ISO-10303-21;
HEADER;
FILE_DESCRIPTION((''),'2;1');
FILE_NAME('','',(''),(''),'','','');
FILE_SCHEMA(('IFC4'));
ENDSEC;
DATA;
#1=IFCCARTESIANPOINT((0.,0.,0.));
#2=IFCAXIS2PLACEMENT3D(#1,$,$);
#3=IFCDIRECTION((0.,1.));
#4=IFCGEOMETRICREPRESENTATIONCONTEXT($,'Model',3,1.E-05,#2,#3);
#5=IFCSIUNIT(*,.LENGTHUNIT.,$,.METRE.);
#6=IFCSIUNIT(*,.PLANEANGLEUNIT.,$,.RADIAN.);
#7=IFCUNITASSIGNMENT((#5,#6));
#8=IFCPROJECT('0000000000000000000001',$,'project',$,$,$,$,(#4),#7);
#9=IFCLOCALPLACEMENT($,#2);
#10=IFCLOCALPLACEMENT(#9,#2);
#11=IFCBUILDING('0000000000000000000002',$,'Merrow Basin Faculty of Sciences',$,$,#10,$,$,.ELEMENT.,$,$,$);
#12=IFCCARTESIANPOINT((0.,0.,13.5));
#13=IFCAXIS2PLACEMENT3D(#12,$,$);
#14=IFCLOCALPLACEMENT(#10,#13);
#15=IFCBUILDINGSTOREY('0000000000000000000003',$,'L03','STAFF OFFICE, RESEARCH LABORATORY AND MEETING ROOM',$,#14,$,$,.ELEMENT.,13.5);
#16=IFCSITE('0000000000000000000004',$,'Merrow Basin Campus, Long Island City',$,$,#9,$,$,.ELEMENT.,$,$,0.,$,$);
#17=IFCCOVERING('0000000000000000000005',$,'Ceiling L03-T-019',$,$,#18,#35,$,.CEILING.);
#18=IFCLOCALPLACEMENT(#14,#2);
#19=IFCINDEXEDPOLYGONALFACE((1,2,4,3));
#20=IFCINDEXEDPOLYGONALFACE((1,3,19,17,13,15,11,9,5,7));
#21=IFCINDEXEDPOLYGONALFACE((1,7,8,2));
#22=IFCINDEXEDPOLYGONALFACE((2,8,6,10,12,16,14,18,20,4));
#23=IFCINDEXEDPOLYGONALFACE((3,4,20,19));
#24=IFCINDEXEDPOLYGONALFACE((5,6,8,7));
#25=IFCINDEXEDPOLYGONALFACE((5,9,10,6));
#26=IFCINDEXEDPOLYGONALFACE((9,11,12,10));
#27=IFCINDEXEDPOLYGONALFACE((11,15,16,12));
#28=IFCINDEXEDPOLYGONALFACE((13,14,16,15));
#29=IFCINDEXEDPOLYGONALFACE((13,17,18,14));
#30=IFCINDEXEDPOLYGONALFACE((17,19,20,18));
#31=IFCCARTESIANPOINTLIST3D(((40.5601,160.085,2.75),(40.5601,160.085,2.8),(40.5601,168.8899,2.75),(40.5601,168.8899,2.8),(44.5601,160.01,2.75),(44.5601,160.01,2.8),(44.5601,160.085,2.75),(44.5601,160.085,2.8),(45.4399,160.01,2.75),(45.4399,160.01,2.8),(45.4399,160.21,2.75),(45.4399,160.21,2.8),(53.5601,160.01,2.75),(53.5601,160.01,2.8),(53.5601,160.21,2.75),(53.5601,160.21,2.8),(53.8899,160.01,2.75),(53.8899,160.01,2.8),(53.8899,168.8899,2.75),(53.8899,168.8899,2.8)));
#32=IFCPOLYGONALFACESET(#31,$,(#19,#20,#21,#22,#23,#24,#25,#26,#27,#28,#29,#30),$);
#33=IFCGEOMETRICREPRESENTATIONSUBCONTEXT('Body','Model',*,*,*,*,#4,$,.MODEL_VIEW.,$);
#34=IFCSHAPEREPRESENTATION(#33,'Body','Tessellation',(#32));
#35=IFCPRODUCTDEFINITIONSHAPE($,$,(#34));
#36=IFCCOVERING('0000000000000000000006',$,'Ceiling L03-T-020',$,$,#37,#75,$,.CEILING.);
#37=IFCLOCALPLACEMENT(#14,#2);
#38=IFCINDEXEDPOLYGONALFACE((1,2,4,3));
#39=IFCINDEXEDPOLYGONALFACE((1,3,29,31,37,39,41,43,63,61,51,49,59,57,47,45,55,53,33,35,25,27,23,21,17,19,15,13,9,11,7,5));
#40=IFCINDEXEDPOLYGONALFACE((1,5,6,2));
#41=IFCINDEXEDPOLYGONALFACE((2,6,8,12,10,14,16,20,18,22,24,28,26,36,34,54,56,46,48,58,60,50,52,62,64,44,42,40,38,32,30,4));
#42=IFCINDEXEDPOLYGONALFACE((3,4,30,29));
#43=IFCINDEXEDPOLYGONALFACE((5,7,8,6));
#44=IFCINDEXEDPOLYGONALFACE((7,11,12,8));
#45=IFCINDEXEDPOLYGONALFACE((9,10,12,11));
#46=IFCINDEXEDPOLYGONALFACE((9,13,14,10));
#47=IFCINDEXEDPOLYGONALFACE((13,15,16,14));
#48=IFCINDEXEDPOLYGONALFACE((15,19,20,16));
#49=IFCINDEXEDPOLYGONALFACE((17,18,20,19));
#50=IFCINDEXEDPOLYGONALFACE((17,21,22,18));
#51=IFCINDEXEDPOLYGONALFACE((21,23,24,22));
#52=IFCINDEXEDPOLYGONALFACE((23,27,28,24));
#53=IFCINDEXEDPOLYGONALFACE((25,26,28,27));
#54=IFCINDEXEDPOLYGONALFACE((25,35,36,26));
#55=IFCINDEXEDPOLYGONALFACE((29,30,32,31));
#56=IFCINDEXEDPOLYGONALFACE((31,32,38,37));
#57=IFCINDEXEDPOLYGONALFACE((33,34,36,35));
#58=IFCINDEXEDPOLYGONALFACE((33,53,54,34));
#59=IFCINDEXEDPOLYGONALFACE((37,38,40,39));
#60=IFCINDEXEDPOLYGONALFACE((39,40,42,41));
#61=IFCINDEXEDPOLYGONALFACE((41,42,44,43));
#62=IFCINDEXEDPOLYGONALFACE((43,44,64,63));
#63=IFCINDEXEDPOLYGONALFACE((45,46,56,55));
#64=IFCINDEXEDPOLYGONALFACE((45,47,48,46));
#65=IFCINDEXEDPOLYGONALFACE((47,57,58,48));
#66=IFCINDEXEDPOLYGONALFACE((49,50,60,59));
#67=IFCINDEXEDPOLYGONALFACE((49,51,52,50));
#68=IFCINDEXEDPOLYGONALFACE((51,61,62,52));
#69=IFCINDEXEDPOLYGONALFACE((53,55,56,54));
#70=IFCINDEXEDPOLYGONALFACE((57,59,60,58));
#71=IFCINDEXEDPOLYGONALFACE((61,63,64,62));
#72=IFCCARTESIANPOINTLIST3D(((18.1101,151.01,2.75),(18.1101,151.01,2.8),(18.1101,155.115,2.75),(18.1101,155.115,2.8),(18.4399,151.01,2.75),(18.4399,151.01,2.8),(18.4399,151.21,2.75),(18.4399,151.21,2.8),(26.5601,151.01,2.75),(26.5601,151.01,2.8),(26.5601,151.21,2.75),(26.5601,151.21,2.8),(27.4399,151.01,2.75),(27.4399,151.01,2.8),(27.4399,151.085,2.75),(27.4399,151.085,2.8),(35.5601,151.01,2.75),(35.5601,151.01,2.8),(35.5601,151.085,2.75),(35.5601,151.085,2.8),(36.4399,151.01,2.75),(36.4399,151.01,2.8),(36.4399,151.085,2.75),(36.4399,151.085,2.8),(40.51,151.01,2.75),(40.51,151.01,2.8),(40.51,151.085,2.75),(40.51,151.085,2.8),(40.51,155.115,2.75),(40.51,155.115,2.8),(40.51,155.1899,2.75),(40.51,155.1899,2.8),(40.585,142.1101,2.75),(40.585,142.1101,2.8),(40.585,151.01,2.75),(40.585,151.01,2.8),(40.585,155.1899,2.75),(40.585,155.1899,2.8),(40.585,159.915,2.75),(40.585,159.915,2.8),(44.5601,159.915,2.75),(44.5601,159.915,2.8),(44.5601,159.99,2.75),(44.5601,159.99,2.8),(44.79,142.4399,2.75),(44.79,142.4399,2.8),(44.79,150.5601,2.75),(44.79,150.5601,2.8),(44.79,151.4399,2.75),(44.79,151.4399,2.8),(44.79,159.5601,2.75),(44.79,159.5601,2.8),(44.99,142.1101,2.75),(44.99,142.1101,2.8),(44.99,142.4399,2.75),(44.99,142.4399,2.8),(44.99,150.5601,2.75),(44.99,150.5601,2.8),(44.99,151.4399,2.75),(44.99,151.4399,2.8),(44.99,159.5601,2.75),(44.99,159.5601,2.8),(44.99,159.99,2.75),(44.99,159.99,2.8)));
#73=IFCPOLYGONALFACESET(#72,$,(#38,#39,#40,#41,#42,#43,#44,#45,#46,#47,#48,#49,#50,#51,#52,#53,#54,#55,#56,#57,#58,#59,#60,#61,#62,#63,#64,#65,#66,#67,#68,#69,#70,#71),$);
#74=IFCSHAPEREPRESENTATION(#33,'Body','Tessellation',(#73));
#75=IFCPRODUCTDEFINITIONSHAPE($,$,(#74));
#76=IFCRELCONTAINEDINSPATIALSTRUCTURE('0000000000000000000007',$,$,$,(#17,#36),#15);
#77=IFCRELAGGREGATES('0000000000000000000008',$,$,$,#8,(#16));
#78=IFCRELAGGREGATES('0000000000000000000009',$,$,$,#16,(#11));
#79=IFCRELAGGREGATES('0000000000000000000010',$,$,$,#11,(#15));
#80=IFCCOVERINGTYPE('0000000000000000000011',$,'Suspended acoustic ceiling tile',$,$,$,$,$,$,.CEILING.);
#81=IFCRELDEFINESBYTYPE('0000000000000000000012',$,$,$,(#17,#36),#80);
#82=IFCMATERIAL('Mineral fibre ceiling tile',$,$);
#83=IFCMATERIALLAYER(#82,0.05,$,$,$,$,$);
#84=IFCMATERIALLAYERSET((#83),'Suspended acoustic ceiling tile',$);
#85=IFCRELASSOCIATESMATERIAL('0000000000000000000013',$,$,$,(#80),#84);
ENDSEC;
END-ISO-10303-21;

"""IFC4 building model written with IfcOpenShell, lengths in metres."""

from ifc_helpers import new_model, si_unit, direction, frame, origin, place, context, subcontext, project, spatial, polyline, outline, extrude, material, layer, layer_set, type_object, element, save


model = new_model("IFC4")

# Units and contexts
model_context = context("Model", 3, precision=1e-05, world=origin(), true_north=direction((0.0, 1.0)))
body_context = subcontext(model_context, "Body", "Model", "MODEL_VIEW")
ifc_project = project(units=[si_unit("LENGTHUNIT", "METRE"), si_unit("PLANEANGLEUNIT", "RADIAN")], contexts=[model_context])

# Site, building, storey
site_placement = place(None, origin())
site = spatial("IfcSite", under=ifc_project, at=site_placement, Name="Merrow Basin Campus, Long Island City", CompositionType="ELEMENT", RefElevation=0.0)
building_placement = place(site_placement, origin())
building = spatial("IfcBuilding", under=site, at=building_placement, Name="Merrow Basin Faculty of Sciences", CompositionType="ELEMENT")
storey_placement = place(building_placement, frame((0.0, 0.0, 13.5)))
storey = spatial("IfcBuildingStorey", under=building, at=storey_placement, Name="L03", Description="STAFF OFFICE, RESEARCH LABORATORY AND MEETING ROOM", CompositionType="ELEMENT", Elevation=13.5)

# Coverings
ifc_material_1 = material(Name="Mineral fibre ceiling tile")
ifc_layer_1 = layer(ifc_material_1, 0.05)
ifc_layer_set_1 = layer_set([ifc_layer_1], Name="Suspended acoustic ceiling tile")
covering_type = type_object("IfcCoveringType", Name="Suspended acoustic ceiling tile", PredefinedType="CEILING", material=ifc_layer_set_1)
covering_1_placement = place(storey_placement, frame((0.0, 0.0, 2.75)))
element("IfcCovering", 1, at=covering_1_placement, inside=storey, type_object=covering_type, Name="Ceiling L03-T-019", PredefinedType="CEILING", context=body_context, shape_type="SweptSolid", body=[
    extrude(outline(polyline([(53.8899, 168.8899), (53.8899, 160.01), (53.5601, 160.01), (53.5601, 160.21), (45.4399, 160.21), (45.4399, 160.01), (44.5601, 160.01), (44.5601, 160.085), (40.5601, 160.085), (40.5601, 168.8899), (53.8899, 168.8899)])), origin(), (0.0, 0.0, 1.0), 0.05),
])
covering_2_placement = place(storey_placement, frame((0.0, 0.0, 2.75)))
element("IfcCovering", 2, at=covering_2_placement, inside=storey, type_object=covering_type, Name="Ceiling L03-T-020", PredefinedType="CEILING", context=body_context, shape_type="SweptSolid", body=[
    extrude(outline(polyline([(44.99, 159.5601), (44.79, 159.5601), (44.79, 151.4399), (44.99, 151.4399), (44.99, 150.5601), (44.79, 150.5601), (44.79, 142.4399), (44.99, 142.4399), (44.99, 142.1101), (40.585, 142.1101), (40.585, 151.01), (40.51, 151.01), (40.51, 151.085), (36.4399, 151.085), (36.4399, 151.01), (35.5601, 151.01), (35.5601, 151.085), (27.4399, 151.085), (27.4399, 151.01), (26.5601, 151.01), (26.5601, 151.21), (18.4399, 151.21), (18.4399, 151.01), (18.1101, 151.01), (18.1101, 155.115), (40.51, 155.115), (40.51, 155.1899), (40.585, 155.1899), (40.585, 159.915), (44.5601, 159.915), (44.5601, 159.99), (44.99, 159.99), (44.99, 159.5601)])), origin(), (0.0, 0.0, 1.0), 0.05),
])

save(model, "model.ifc")
